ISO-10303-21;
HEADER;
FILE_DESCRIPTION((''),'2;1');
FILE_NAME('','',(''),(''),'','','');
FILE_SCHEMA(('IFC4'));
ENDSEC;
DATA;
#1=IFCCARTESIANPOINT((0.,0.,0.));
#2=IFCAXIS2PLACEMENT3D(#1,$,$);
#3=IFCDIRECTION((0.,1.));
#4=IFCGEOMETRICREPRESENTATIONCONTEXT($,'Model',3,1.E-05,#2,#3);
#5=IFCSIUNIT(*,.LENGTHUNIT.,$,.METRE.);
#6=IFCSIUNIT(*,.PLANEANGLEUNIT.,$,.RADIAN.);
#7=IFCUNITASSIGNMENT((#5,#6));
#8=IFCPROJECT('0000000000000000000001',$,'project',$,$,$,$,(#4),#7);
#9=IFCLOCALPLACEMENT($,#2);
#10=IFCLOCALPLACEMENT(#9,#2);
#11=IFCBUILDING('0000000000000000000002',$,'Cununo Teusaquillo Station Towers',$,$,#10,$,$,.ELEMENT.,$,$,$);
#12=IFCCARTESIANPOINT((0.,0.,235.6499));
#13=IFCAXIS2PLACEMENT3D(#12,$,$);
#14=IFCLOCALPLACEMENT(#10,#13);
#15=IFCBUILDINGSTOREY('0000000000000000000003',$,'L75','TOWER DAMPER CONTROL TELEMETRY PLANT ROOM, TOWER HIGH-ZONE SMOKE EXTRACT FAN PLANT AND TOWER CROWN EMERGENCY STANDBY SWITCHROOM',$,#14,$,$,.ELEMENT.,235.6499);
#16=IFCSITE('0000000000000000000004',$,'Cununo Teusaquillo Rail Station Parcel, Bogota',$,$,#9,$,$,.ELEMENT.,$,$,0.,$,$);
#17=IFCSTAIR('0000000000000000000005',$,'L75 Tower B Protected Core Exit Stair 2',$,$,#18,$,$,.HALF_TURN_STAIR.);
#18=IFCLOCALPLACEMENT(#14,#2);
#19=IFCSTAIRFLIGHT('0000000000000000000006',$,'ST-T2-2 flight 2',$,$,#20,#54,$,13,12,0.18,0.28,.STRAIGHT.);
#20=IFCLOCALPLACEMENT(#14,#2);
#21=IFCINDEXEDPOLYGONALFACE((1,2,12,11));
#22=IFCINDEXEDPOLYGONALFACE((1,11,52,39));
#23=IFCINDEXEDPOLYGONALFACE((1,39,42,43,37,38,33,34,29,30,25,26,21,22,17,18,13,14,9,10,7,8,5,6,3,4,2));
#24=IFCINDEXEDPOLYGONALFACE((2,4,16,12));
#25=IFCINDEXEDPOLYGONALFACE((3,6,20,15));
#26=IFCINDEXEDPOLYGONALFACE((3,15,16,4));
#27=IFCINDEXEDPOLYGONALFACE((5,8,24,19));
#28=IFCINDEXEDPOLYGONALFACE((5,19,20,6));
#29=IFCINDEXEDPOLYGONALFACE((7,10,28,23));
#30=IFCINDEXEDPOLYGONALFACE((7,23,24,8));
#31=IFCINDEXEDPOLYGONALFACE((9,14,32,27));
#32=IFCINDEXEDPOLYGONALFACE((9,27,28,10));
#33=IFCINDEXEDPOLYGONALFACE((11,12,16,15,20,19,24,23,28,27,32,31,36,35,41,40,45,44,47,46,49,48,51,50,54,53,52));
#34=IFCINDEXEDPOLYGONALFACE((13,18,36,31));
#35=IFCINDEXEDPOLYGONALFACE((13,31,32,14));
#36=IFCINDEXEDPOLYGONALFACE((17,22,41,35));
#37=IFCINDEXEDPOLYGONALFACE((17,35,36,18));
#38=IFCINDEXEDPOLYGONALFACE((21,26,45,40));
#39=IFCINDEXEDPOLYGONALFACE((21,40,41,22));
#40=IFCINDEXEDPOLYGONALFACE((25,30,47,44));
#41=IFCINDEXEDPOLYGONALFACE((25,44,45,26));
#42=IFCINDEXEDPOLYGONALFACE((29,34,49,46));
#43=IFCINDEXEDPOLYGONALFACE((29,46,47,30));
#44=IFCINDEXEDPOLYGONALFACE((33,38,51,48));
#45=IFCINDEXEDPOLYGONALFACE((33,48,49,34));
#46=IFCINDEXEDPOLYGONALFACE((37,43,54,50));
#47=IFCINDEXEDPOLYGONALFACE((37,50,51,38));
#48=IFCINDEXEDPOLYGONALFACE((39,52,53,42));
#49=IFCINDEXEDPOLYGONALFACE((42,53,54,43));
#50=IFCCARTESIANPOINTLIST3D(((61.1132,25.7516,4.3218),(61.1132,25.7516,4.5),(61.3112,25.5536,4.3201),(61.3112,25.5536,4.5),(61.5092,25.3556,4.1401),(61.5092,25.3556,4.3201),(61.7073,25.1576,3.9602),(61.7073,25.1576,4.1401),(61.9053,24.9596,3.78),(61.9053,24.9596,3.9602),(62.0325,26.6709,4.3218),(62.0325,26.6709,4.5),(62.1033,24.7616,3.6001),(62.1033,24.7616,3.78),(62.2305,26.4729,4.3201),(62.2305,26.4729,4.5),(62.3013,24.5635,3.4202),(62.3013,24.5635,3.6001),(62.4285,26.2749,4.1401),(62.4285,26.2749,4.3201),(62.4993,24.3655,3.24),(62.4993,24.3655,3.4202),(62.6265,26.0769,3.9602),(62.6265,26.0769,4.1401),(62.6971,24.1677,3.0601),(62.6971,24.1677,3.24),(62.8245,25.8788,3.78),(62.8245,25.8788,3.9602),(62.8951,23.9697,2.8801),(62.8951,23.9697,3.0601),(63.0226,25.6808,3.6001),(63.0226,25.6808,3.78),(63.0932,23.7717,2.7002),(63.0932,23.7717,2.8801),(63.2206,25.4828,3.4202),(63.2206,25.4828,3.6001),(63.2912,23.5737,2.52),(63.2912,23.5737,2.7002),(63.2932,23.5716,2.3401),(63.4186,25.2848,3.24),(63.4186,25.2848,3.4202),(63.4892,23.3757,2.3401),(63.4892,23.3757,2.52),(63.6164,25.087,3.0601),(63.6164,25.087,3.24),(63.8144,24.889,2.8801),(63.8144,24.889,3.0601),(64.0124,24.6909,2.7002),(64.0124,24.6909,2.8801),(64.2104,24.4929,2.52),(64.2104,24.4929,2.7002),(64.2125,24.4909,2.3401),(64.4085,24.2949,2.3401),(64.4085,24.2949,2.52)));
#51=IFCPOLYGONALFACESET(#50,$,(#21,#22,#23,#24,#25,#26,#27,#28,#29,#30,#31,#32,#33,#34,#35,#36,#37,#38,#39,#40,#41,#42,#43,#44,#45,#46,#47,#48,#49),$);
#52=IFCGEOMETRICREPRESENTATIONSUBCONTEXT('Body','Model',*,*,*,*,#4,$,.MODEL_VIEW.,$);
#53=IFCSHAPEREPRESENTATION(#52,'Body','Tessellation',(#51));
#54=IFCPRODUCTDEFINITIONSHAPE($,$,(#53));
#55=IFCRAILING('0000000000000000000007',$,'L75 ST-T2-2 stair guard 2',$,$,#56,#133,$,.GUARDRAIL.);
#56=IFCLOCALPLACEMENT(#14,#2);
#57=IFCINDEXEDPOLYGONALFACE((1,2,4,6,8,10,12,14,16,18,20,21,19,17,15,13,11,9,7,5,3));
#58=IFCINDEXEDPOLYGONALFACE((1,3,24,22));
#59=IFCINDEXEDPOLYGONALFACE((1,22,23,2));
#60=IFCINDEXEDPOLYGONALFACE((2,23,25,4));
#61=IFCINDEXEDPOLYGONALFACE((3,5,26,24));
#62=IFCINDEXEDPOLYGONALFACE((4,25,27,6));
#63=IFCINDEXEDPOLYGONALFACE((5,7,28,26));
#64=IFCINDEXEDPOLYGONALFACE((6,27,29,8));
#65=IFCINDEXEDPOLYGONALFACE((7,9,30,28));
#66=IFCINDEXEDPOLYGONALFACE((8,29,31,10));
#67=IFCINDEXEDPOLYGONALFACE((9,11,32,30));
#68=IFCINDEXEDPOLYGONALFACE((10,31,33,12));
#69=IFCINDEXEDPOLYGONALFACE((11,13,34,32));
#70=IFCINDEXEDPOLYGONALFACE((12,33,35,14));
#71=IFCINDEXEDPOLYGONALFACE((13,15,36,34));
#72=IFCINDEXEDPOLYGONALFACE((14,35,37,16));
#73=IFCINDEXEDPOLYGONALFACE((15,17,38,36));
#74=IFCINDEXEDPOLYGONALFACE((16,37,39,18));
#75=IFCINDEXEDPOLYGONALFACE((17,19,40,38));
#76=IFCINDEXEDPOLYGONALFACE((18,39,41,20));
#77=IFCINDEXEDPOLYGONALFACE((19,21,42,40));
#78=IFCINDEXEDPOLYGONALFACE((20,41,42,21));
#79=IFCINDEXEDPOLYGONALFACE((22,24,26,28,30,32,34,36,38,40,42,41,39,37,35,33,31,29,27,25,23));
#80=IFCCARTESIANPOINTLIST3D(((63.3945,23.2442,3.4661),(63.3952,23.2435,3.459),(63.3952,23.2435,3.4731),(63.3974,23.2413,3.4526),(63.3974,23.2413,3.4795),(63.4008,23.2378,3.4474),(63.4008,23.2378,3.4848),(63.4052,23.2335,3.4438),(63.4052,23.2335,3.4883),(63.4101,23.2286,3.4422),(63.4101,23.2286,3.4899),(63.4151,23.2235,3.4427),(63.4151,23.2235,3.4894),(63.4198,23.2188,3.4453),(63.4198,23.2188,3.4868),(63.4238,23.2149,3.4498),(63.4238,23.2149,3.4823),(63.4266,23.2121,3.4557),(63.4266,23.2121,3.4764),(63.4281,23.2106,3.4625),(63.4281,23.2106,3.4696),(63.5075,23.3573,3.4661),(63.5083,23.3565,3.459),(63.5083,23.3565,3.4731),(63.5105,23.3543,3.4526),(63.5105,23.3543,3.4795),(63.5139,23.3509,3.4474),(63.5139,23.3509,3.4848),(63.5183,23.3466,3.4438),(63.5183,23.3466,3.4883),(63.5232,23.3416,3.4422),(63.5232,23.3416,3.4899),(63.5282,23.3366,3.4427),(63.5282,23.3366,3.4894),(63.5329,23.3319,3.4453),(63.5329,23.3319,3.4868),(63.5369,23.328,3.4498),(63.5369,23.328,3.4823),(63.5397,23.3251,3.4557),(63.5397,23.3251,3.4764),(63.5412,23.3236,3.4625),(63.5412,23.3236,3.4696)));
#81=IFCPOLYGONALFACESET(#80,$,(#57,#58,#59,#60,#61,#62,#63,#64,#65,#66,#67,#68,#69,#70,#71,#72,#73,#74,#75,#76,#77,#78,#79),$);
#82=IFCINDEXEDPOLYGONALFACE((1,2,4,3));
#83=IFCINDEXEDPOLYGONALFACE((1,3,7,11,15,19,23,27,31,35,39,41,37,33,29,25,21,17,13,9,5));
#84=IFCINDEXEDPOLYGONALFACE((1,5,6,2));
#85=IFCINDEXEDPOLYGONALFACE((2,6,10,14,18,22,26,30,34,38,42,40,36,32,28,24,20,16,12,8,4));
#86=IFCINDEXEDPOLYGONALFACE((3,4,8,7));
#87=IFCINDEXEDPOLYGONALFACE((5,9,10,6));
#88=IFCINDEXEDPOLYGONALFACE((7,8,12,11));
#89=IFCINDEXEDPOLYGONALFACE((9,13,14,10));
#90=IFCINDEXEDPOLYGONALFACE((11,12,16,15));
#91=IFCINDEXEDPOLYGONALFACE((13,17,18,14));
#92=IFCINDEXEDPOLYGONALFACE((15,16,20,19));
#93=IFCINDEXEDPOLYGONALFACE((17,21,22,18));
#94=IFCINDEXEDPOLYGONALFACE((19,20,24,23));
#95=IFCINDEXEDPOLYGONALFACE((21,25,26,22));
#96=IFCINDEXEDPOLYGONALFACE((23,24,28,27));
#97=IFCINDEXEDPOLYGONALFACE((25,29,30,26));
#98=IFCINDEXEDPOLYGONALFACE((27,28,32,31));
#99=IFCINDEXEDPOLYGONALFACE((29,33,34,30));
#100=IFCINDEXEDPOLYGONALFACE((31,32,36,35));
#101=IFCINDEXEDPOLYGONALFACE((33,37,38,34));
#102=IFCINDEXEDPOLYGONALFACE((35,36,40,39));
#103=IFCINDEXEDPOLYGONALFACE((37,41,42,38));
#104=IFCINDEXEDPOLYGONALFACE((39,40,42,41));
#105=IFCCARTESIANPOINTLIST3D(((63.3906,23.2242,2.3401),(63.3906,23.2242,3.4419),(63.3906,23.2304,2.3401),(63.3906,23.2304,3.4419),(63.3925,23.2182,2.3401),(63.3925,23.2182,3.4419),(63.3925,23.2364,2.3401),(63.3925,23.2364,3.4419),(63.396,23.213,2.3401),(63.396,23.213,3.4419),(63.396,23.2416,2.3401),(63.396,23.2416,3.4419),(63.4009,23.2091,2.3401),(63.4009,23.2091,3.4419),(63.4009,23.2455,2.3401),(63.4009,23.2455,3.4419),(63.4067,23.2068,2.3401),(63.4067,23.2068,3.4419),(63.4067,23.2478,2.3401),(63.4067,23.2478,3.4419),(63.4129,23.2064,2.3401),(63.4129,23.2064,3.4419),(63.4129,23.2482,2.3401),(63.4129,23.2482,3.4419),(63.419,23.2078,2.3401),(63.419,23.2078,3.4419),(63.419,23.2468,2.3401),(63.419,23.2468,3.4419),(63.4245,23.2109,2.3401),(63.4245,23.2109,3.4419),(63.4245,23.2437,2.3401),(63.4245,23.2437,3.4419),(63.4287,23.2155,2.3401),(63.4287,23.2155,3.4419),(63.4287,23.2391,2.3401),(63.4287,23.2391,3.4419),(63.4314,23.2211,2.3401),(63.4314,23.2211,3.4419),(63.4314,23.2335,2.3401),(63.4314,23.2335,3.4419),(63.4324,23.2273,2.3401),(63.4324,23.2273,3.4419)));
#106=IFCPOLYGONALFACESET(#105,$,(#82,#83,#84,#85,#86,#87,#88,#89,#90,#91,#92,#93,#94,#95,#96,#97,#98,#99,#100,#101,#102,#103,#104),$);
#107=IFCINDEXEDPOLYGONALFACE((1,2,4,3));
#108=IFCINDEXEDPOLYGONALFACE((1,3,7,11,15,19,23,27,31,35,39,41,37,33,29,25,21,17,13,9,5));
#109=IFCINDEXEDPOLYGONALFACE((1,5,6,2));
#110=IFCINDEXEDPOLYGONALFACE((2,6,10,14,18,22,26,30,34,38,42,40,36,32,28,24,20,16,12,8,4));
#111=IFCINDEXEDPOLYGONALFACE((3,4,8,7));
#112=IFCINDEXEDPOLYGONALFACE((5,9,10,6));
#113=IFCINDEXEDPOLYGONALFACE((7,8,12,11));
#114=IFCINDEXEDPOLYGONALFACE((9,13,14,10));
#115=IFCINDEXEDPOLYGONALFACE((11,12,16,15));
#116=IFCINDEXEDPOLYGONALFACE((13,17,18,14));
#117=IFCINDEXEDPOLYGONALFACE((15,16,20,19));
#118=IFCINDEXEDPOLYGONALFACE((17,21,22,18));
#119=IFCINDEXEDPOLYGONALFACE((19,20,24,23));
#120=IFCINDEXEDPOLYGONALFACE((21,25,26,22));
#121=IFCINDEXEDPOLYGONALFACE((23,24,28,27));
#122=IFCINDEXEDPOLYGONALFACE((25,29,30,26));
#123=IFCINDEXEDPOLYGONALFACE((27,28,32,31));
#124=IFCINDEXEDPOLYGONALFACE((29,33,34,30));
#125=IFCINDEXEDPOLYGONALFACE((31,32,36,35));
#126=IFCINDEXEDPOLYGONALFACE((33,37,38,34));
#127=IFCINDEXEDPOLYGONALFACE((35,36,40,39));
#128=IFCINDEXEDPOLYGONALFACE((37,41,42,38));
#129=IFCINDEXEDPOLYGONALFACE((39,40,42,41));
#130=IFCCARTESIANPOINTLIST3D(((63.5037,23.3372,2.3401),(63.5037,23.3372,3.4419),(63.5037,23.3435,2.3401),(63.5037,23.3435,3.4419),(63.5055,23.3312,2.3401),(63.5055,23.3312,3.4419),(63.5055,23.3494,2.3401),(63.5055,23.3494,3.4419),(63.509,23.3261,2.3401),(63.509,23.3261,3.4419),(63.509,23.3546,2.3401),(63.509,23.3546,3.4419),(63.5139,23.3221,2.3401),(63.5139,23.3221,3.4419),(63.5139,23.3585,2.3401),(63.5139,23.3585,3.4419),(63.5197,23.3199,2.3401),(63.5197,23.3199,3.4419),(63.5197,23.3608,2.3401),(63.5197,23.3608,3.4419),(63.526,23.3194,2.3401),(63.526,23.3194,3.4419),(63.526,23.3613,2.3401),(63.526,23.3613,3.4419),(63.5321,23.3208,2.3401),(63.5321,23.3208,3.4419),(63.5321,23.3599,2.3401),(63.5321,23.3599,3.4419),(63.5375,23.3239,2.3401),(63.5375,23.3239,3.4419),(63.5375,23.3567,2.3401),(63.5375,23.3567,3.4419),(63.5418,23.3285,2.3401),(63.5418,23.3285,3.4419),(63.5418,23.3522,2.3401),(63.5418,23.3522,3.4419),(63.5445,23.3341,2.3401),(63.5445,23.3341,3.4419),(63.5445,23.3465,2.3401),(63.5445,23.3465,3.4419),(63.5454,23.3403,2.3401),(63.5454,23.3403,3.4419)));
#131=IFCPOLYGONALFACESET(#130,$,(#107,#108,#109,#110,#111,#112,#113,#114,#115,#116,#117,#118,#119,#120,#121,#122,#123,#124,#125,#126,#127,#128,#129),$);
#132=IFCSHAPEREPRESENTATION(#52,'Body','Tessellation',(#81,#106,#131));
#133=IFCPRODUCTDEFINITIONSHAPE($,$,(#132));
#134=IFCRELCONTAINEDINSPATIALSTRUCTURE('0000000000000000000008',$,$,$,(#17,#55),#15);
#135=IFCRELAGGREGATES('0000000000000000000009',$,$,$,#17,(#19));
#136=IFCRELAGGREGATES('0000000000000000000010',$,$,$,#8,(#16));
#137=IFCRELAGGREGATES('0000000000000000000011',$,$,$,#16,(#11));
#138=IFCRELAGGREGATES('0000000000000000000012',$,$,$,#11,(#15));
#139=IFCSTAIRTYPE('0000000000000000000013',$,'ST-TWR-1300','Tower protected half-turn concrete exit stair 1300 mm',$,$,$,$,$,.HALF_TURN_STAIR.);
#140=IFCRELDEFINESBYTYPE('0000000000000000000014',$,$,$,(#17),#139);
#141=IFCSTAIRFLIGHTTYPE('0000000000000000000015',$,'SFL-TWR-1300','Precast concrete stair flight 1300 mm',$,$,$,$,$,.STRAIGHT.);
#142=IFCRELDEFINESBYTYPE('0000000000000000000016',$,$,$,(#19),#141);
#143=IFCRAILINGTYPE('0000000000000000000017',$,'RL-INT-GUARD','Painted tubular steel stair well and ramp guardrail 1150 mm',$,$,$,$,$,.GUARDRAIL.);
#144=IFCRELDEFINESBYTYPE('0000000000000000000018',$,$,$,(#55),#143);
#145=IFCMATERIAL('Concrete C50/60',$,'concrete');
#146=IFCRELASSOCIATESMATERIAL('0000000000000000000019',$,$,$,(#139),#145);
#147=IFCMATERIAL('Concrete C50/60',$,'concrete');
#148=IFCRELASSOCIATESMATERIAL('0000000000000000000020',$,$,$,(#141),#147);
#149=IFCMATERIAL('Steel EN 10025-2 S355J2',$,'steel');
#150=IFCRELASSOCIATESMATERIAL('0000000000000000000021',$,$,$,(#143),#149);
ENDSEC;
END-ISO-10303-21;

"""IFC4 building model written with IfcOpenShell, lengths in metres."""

from ifc_helpers import new_model, si_unit, direction, frame, origin, origin_2d, place, context, subcontext, project, spatial, polyline, circle, outline, extrude, material, type_object, element, aggregate, save


model = new_model("IFC4")

# Units and contexts
model_context = context("Model", 3, precision=1e-05, world=origin(), true_north=direction((0.0, 1.0)))
body_context = subcontext(model_context, "Body", "Model", "MODEL_VIEW")
ifc_project = project(units=[si_unit("LENGTHUNIT", "METRE"), si_unit("PLANEANGLEUNIT", "RADIAN")], contexts=[model_context])

# Site, building, storey
site_placement = place(None, origin())
site = spatial("IfcSite", under=ifc_project, at=site_placement, Name="Cununo Teusaquillo Rail Station Parcel, Bogota", CompositionType="ELEMENT", RefElevation=0.0)
building_placement = place(site_placement, origin())
building = spatial("IfcBuilding", under=site, at=building_placement, Name="Cununo Teusaquillo Station Towers", CompositionType="ELEMENT")
storey_placement = place(building_placement, frame((0.0, 0.0, 235.6499)))
storey = spatial("IfcBuildingStorey", under=building, at=storey_placement, Name="L75", Description="TOWER DAMPER CONTROL TELEMETRY PLANT ROOM, TOWER HIGH-ZONE SMOKE EXTRACT FAN PLANT AND TOWER CROWN EMERGENCY STANDBY SWITCHROOM", CompositionType="ELEMENT", Elevation=235.6499)

# Stair, stair flight
ifc_material_1 = material(Name="Concrete C50/60", Category="concrete")
stair_type = type_object("IfcStairType", Name="ST-TWR-1300", Description="Tower protected half-turn concrete exit stair 1300 mm", PredefinedType="HALF_TURN_STAIR", material=ifc_material_1)
stair_placement = place(storey_placement, origin())
stair = element("IfcStair", 1, at=stair_placement, inside=storey, type_object=stair_type, Name="L75 Tower B Protected Core Exit Stair 2", PredefinedType="HALF_TURN_STAIR")
ifc_material_2 = material(Name="Concrete C50/60", Category="concrete")
stair_flight_type = type_object("IfcStairFlightType", Name="SFL-TWR-1300", Description="Precast concrete stair flight 1300 mm", PredefinedType="STRAIGHT", material=ifc_material_2)
stair_flight_placement = place(storey_placement, frame((63.9487, 23.8352, 2.3401), z_axis=(0.0, 0.0, 1.0), x_axis=(-0.707107, 0.707107, 0.0)))
stair_flight = element("IfcStairFlight", 2, at=stair_flight_placement, type_object=stair_flight_type, Name="ST-T2-2 flight 2", NumberOfRisers=13, NumberOfTreads=12, PredefinedType="STRAIGHT", RiserHeight=0.18, TreadLength=0.28, context=body_context, shape_type="SweptSolid", body=[
    extrude(outline(polyline([(0.0, 0.0), (0.0, 0.1799), (0.28, 0.1799), (0.28, 0.3601), (0.5601, 0.3601), (0.5601, 0.54), (0.8401, 0.54), (0.8401, 0.72), (1.1201, 0.72), (1.1201, 0.8999), (1.3999, 0.8999), (1.3999, 1.0801), (1.6799, 1.0801), (1.6799, 1.26), (1.96, 1.26), (1.96, 1.4399), (2.24, 1.4399), (2.24, 1.6201), (2.52, 1.6201), (2.52, 1.8), (2.8, 1.8), (2.8, 1.98), (3.0801, 1.98), (3.0801, 2.1599), (3.3601, 2.1599), (3.3601, 2.3401), (3.3601, 1.9817), (0.2771, 0.0), (0.0, 0.0)])), frame((0.0, 0.6499, 0.0), z_axis=(0.0, -1.0, 0.0), x_axis=(1.0, 0.0, 0.0)), (0.0, 0.0, 1.0), 1.3),
])
aggregate(stair, [stair_flight])

# Railing
ifc_material_3 = material(Name="Steel EN 10025-2 S355J2", Category="steel")
railing_type = type_object("IfcRailingType", Name="RL-INT-GUARD", Description="Painted tubular steel stair well and ramp guardrail 1150 mm", PredefinedType="GUARDRAIL", material=ifc_material_3)
railing_1_placement = place(storey_placement, frame((63.4114, 23.2273, 2.3401)))
element("IfcRailing", 3, at=railing_1_placement, inside=storey, type_object=railing_type, Name="L75 ST-T2-2 stair guard 2", PredefinedType="GUARDRAIL", context=body_context, shape_type="SweptSolid", body=[
    extrude(circle(Radius=0.0239, at=origin_2d()), frame((0.0, 0.0, 1.126), z_axis=(0.707107, 0.707107, 0.0), x_axis=(-0.707107, 0.707107, 0.0)), (0.0, 0.0, 1.0), 0.1599),
    extrude(circle(Radius=0.021, at=origin_2d()), origin(), (0.0, 0.0, 1.0), 1.1018),
    extrude(circle(Radius=0.021, at=origin_2d()), frame((0.113, 0.113, 0.0)), (0.0, 0.0, 1.0), 1.1018),
])

save(model, "model.ifc")
